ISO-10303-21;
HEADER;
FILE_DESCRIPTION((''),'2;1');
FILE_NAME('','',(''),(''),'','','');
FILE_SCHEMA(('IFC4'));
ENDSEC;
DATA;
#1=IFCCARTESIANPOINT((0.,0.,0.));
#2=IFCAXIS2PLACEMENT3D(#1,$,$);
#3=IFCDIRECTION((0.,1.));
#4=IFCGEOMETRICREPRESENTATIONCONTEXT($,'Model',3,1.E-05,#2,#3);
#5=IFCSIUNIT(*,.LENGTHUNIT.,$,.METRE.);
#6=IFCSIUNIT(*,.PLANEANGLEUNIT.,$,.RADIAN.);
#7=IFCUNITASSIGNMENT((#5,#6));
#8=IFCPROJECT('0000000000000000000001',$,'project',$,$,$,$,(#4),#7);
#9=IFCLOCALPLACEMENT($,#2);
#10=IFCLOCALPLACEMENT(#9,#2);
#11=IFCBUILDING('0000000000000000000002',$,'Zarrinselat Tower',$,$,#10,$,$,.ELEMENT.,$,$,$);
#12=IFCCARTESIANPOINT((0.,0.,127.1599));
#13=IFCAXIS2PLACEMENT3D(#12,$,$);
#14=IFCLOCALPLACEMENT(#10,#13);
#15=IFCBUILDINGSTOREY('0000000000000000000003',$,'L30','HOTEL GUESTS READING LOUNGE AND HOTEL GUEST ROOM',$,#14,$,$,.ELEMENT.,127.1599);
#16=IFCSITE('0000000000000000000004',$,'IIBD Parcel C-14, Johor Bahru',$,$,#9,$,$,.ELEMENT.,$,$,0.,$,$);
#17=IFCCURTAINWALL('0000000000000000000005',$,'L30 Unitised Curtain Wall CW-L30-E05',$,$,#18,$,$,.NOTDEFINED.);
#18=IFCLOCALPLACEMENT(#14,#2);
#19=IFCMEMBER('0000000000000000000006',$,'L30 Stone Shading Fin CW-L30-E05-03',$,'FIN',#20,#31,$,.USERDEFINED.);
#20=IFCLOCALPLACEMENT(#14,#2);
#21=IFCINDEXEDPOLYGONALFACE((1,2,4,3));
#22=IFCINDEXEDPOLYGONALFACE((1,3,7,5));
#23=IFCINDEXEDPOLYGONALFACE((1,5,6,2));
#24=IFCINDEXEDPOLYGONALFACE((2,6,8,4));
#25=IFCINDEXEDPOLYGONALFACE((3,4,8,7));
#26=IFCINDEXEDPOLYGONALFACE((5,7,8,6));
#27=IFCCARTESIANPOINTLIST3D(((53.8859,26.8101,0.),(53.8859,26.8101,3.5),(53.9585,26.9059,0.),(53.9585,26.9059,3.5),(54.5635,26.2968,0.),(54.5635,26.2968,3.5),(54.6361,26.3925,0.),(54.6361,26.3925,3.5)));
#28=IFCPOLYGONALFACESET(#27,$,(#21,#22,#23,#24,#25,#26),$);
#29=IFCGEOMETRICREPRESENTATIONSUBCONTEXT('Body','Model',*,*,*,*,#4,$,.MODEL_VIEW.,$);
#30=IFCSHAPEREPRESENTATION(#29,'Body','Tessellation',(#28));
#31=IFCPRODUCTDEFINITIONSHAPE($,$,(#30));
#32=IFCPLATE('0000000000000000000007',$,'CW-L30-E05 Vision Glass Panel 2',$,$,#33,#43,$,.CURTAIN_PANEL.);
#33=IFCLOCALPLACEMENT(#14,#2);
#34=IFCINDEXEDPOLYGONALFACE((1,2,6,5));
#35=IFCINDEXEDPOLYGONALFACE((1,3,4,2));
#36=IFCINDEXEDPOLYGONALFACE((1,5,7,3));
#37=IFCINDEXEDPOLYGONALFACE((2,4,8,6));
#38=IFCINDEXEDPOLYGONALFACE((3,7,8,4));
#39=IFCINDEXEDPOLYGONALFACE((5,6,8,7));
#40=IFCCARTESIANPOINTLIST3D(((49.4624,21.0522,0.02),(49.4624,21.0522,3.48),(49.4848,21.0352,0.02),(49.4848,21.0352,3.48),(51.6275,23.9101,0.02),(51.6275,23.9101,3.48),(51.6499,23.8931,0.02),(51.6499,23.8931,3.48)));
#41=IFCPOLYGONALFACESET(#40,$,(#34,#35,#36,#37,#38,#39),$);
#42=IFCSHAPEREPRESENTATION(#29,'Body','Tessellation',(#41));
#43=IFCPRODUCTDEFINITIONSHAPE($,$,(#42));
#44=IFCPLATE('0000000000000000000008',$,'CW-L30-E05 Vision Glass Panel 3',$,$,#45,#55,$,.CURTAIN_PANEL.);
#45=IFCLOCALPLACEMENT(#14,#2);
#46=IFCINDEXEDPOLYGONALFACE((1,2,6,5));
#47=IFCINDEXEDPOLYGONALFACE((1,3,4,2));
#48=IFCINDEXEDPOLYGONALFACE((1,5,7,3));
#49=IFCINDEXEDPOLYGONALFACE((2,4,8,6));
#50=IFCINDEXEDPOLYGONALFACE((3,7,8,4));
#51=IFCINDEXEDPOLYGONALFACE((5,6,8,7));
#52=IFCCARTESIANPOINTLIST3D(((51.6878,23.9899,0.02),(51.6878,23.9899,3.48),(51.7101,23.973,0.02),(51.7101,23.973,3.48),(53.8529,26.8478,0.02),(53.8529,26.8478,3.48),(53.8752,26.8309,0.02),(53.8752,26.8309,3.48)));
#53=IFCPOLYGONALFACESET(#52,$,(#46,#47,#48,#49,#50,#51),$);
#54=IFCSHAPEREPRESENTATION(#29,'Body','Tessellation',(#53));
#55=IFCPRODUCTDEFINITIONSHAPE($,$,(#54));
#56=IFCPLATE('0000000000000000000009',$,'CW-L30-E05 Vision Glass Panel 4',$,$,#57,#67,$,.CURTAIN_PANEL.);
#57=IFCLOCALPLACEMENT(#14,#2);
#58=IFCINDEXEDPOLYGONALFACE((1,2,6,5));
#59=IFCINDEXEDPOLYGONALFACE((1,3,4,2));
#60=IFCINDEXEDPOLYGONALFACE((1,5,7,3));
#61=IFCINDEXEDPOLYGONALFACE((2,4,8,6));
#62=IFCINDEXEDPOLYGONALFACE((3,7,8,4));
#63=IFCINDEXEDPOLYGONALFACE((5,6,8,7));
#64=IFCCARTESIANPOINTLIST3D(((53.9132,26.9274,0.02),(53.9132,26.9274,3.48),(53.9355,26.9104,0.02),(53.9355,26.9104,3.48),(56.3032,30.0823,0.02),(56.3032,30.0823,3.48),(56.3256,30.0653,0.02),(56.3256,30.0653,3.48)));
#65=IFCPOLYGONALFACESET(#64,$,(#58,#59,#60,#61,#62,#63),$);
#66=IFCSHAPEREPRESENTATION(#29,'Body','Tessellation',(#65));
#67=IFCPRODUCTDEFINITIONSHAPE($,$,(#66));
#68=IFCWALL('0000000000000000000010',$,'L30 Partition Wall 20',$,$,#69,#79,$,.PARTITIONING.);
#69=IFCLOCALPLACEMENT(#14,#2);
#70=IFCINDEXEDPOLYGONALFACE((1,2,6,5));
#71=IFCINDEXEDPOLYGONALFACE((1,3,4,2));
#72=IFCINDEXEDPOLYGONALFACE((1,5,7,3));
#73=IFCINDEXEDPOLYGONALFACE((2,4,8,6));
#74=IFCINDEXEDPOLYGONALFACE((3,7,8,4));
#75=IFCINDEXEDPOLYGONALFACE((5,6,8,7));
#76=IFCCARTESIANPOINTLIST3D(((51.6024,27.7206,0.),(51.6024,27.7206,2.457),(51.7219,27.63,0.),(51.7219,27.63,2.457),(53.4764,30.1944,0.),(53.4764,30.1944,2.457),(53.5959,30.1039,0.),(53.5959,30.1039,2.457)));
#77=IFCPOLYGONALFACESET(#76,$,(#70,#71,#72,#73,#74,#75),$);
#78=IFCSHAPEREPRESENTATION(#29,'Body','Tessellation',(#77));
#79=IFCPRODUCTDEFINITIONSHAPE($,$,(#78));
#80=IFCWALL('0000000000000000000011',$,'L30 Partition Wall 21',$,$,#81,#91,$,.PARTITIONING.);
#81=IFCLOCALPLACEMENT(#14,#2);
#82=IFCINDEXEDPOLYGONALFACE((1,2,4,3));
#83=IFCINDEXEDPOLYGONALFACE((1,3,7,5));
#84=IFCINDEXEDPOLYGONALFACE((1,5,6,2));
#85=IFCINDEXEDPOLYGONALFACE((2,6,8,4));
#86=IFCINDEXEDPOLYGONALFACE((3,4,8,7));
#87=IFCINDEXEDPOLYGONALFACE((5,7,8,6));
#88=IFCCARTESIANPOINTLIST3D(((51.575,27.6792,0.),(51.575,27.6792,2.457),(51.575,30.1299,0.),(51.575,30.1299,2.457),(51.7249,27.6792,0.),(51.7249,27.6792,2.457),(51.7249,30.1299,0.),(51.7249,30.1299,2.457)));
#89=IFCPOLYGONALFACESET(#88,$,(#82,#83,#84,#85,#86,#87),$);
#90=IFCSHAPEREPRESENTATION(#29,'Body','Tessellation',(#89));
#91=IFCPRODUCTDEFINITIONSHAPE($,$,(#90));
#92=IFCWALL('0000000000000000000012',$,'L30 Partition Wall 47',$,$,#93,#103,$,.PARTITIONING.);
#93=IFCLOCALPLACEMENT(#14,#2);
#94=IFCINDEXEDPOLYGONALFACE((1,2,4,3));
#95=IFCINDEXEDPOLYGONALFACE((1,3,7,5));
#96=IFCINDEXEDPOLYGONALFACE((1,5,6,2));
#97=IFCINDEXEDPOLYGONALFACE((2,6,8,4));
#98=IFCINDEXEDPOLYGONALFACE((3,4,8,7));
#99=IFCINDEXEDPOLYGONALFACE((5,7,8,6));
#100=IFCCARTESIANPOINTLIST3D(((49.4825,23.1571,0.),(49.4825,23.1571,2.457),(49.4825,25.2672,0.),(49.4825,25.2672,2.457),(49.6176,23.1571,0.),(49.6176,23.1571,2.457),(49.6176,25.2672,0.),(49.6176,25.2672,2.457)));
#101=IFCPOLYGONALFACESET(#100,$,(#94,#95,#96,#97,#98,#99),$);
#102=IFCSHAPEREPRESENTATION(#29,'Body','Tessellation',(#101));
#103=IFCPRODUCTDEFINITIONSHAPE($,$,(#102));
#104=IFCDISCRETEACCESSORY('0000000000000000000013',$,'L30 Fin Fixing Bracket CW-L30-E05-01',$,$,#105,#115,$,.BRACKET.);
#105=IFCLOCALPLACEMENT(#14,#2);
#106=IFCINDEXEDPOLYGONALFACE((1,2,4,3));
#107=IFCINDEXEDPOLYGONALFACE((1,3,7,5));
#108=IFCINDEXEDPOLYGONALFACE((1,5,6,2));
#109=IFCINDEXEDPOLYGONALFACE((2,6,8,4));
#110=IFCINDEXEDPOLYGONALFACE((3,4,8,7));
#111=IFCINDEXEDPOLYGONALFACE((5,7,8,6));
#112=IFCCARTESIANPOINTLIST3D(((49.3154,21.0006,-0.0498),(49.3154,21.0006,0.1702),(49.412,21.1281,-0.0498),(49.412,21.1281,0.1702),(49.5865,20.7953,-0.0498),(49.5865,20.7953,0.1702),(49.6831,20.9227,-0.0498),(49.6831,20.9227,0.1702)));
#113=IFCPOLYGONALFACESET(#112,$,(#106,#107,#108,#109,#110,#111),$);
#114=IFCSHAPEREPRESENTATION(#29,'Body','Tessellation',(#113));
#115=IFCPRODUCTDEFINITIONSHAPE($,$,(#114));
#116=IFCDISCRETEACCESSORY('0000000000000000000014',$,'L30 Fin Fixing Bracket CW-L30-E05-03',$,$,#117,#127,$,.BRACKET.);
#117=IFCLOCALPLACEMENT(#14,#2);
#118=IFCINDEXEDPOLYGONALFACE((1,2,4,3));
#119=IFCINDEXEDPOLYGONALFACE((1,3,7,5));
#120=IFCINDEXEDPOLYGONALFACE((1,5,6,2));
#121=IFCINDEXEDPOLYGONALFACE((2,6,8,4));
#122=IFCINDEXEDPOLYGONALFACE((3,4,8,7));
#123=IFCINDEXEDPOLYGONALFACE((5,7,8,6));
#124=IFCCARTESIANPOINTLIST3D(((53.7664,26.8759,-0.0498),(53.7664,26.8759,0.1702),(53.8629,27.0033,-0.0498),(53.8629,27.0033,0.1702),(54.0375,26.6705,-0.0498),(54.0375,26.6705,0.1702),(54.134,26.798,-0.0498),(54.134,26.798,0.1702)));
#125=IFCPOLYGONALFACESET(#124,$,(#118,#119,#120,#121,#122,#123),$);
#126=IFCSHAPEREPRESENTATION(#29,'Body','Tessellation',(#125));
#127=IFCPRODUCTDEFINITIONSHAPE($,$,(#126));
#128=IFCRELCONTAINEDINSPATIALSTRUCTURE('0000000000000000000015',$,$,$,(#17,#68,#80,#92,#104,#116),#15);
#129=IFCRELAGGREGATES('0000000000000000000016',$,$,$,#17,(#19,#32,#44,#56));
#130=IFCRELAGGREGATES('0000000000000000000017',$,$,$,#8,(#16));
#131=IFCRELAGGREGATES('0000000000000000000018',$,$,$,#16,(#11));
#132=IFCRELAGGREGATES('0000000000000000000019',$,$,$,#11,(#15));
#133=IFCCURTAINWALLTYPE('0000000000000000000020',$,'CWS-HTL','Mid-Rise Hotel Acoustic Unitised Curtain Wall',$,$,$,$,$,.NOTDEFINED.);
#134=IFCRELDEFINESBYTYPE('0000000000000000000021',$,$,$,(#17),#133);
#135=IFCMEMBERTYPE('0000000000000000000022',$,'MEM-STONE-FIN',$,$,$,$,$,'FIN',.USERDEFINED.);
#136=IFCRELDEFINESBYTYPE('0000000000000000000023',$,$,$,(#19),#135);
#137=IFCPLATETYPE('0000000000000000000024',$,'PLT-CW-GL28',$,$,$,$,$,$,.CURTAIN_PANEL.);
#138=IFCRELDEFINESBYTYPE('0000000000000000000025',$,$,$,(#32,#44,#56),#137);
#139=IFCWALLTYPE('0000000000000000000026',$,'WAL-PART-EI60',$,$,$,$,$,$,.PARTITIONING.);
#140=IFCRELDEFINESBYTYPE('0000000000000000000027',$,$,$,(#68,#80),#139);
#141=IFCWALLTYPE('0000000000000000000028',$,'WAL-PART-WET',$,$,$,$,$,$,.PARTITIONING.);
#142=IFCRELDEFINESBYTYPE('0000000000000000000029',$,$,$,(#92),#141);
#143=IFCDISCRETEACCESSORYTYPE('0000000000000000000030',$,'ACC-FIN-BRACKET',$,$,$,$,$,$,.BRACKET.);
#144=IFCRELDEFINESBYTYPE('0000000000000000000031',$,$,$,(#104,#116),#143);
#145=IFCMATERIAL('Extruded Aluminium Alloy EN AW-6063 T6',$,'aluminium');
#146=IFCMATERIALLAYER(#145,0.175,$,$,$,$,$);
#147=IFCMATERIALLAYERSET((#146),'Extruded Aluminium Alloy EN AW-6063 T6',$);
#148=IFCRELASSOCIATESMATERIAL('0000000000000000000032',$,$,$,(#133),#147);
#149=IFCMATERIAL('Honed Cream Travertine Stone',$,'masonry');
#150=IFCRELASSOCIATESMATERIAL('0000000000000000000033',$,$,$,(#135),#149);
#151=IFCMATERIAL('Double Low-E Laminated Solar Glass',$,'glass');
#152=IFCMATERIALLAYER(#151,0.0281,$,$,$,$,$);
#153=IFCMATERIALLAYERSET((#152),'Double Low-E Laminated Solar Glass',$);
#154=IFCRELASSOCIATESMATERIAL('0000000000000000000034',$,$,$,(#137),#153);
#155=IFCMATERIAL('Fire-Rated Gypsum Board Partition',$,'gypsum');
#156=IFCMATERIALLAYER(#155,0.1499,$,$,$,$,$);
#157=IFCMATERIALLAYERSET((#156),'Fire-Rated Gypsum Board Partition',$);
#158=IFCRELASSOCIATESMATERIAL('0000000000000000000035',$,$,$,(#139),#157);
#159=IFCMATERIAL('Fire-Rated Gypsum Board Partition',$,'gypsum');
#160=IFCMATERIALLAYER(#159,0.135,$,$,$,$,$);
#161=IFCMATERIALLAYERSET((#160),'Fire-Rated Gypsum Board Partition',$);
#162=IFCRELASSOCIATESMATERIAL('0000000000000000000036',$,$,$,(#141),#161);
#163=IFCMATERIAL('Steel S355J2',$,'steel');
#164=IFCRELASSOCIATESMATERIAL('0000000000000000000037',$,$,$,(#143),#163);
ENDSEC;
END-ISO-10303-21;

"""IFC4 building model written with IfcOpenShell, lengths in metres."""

from ifc_helpers import new_model, si_unit, direction, frame, frame_2d, origin, origin_2d, place, context, subcontext, project, spatial, rectangle, extrude, material, layer, layer_set, material_profile, profile_set, type_object, element, aggregate, save


model = new_model("IFC4")

# Units and contexts
model_context = context("Model", 3, precision=1e-05, world=origin(), true_north=direction((0.0, 1.0)))
body_context = subcontext(model_context, "Body", "Model", "MODEL_VIEW")
ifc_project = project(units=[si_unit("LENGTHUNIT", "METRE"), si_unit("PLANEANGLEUNIT", "RADIAN")], contexts=[model_context])

# Site, building, storey
site_placement = place(None, origin())
site = spatial("IfcSite", under=ifc_project, at=site_placement, Name="IIBD Parcel C-14, Johor Bahru", CompositionType="ELEMENT", RefElevation=0.0)
building_placement = place(site_placement, origin())
building = spatial("IfcBuilding", under=site, at=building_placement, Name="Zarrinselat Tower", CompositionType="ELEMENT")
storey_placement = place(building_placement, frame((0.0, 0.0, 127.1599)))
storey = spatial("IfcBuildingStorey", under=building, at=storey_placement, Name="L30", Description="HOTEL GUESTS READING LOUNGE AND HOTEL GUEST ROOM", CompositionType="ELEMENT", Elevation=127.1599)

# Curtain wall, member, plates
ifc_material_1 = material(Name="Extruded Aluminium Alloy EN AW-6063 T6", Category="aluminium")
ifc_layer_1 = layer(ifc_material_1, 0.175)
ifc_layer_set_1 = layer_set([ifc_layer_1], Name="Extruded Aluminium Alloy EN AW-6063 T6")
curtain_wall_type = type_object("IfcCurtainWallType", Name="CWS-HTL", Description="Mid-Rise Hotel Acoustic Unitised Curtain Wall", PredefinedType="NOTDEFINED", material=ifc_layer_set_1)
curtain_wall_placement = place(storey_placement, origin())
curtain_wall = element("IfcCurtainWall", 1, at=curtain_wall_placement, inside=storey, type_object=curtain_wall_type, Name="L30 Unitised Curtain Wall CW-L30-E05", PredefinedType="NOTDEFINED")
ifc_material_2 = material(Name="Honed Cream Travertine Stone", Category="masonry")
ifc_material_profile_1 = material_profile(ifc_material_2, rectangle(XDim=0.1201, YDim=0.8501, at=origin_2d()), Name="FIN 850x120")
ifc_profile_set_1 = profile_set([ifc_material_profile_1], Name="Honed Cream Travertine Stone")
member_type_1 = type_object("IfcMemberType", Name="MEM-STONE-FIN", ElementType="FIN", PredefinedType="USERDEFINED", material=ifc_profile_set_1)
member_1_placement = place(storey_placement, frame((54.261, 26.6013, 0.0), z_axis=(0.0, 0.0, 1.0), x_axis=(-0.603858, -0.797092, 0.0)))
member_1 = element("IfcMember", 2, at=member_1_placement, type_object=member_type_1, Name="L30 Stone Shading Fin CW-L30-E05-03", ObjectType="FIN", PredefinedType="USERDEFINED", context=body_context, shape_type="SweptSolid", body=[
    extrude(rectangle(XDim=0.1201, YDim=0.8501, at=origin_2d()), origin(), (0.0, 0.0, 1.0), 3.5),
])
ifc_material_3 = material(Name="Double Low-E Laminated Solar Glass", Category="glass")
ifc_layer_2 = layer(ifc_material_3, 0.0281)
ifc_layer_set_2 = layer_set([ifc_layer_2], Name="Double Low-E Laminated Solar Glass")
plate_type = type_object("IfcPlateType", Name="PLT-CW-GL28", PredefinedType="CURTAIN_PANEL", material=ifc_layer_set_2)
plate_1_placement = place(storey_placement, frame((50.5562, 22.4727, 0.02), z_axis=(0.0, 0.0, 1.0), x_axis=(0.603858, 0.797092, 0.0)))
plate_1 = element("IfcPlate", 3, at=plate_1_placement, type_object=plate_type, Name="CW-L30-E05 Vision Glass Panel 2", PredefinedType="CURTAIN_PANEL", context=body_context, shape_type="SweptSolid", body=[
    extrude(rectangle(XDim=3.5854, YDim=0.0281, at=origin_2d()), origin(), (0.0, 0.0, 1.0), 3.46),
])
plate_2_placement = place(storey_placement, frame((52.7815, 25.4104, 0.02), z_axis=(0.0, 0.0, 1.0), x_axis=(0.603858, 0.797092, 0.0)))
plate_2 = element("IfcPlate", 4, at=plate_2_placement, type_object=plate_type, Name="CW-L30-E05 Vision Glass Panel 3", PredefinedType="CURTAIN_PANEL", context=body_context, shape_type="SweptSolid", body=[
    extrude(rectangle(XDim=3.5854, YDim=0.0281, at=origin_2d()), origin(), (0.0, 0.0, 1.0), 3.46),
])
plate_3_placement = place(storey_placement, frame((55.1194, 28.4963, 0.02), z_axis=(0.0, 0.0, 1.0), x_axis=(0.603858, 0.797092, 0.0)))
plate_3 = element("IfcPlate", 5, at=plate_3_placement, type_object=plate_type, Name="CW-L30-E05 Vision Glass Panel 4", PredefinedType="CURTAIN_PANEL", context=body_context, shape_type="SweptSolid", body=[
    extrude(rectangle(XDim=3.958, YDim=0.0281, at=origin_2d()), origin(), (0.0, 0.0, 1.0), 3.46),
])
aggregate(curtain_wall, [member_1, plate_1, plate_2, plate_3])

# Walls
ifc_material_4 = material(Name="Fire-Rated Gypsum Board Partition", Category="gypsum")
ifc_layer_3 = layer(ifc_material_4, 0.1499)
ifc_layer_set_3 = layer_set([ifc_layer_3], Name="Fire-Rated Gypsum Board Partition")
wall_type_1 = type_object("IfcWallType", Name="WAL-PART-EI60", PredefinedType="PARTITIONING", material=ifc_layer_set_3)
wall_1_placement = place(storey_placement, frame((51.6621, 27.6753, 0.0), z_axis=(0.0, 0.0, 1.0), x_axis=(0.603832, 0.797112, 0.0)))
element("IfcWall", 6, at=wall_1_placement, inside=storey, type_object=wall_type_1, Name="L30 Partition Wall 20", PredefinedType="PARTITIONING", context=body_context, shape_type="SweptSolid", body=[
    extrude(rectangle(XDim=3.1035, YDim=0.1499, at=frame_2d((1.5518, 0.0))), origin(), (0.0, 0.0, 1.0), 2.457),
])
wall_2_placement = place(storey_placement, frame((51.6499, 27.6792, 0.0), z_axis=(0.0, 0.0, 1.0), x_axis=(0.0, 1.0, 0.0)))
element("IfcWall", 7, at=wall_2_placement, inside=storey, type_object=wall_type_1, Name="L30 Partition Wall 21", PredefinedType="PARTITIONING", context=body_context, shape_type="SweptSolid", body=[
    extrude(rectangle(XDim=2.4507, YDim=0.1499, at=frame_2d((1.2253, 0.0))), origin(), (0.0, 0.0, 1.0), 2.457),
])
ifc_material_5 = material(Name="Fire-Rated Gypsum Board Partition", Category="gypsum")
ifc_layer_4 = layer(ifc_material_5, 0.135)
ifc_layer_set_4 = layer_set([ifc_layer_4], Name="Fire-Rated Gypsum Board Partition")
wall_type_2 = type_object("IfcWallType", Name="WAL-PART-WET", PredefinedType="PARTITIONING", material=ifc_layer_set_4)
wall_3_placement = place(storey_placement, frame((49.55, 23.157, 0.0), z_axis=(0.0, 0.0, 1.0), x_axis=(0.0, 1.0, 0.0)))
element("IfcWall", 8, at=wall_3_placement, inside=storey, type_object=wall_type_2, Name="L30 Partition Wall 47", PredefinedType="PARTITIONING", context=body_context, shape_type="SweptSolid", body=[
    extrude(rectangle(XDim=2.1101, YDim=0.135, at=frame_2d((1.0552, 0.0))), origin(), (0.0, 0.0, 1.0), 2.457),
])

# Discrete accessories
ifc_material_6 = material(Name="Steel S355J2", Category="steel")
discrete_accessory_type = type_object("IfcDiscreteAccessoryType", Name="ACC-FIN-BRACKET", PredefinedType="BRACKET", material=ifc_material_6)
for number, where, z_axis, x_axis, name in (
    (9, (49.4993, 20.9617, -0.0498), (0.0, 0.0, 1.0), (0.797092, -0.603858, 0.0), "L30 Fin Fixing Bracket CW-L30-E05-01"),
    (10, (53.9502, 26.8369, -0.0498), (0.0, 0.0, 1.0), (0.797092, -0.603858, 0.0), "L30 Fin Fixing Bracket CW-L30-E05-03"),
):
    element("IfcDiscreteAccessory", number, at=place(storey_placement, frame(where, z_axis=z_axis, x_axis=x_axis)), inside=storey, type_object=discrete_accessory_type, Name=name, PredefinedType="BRACKET", context=body_context, shape_type="SweptSolid", body=[
        extrude(rectangle(XDim=0.3401, YDim=0.1599, at=origin_2d()), origin(), (0.0, 0.0, 1.0), 0.22),
    ])

save(model, "model.ifc")
